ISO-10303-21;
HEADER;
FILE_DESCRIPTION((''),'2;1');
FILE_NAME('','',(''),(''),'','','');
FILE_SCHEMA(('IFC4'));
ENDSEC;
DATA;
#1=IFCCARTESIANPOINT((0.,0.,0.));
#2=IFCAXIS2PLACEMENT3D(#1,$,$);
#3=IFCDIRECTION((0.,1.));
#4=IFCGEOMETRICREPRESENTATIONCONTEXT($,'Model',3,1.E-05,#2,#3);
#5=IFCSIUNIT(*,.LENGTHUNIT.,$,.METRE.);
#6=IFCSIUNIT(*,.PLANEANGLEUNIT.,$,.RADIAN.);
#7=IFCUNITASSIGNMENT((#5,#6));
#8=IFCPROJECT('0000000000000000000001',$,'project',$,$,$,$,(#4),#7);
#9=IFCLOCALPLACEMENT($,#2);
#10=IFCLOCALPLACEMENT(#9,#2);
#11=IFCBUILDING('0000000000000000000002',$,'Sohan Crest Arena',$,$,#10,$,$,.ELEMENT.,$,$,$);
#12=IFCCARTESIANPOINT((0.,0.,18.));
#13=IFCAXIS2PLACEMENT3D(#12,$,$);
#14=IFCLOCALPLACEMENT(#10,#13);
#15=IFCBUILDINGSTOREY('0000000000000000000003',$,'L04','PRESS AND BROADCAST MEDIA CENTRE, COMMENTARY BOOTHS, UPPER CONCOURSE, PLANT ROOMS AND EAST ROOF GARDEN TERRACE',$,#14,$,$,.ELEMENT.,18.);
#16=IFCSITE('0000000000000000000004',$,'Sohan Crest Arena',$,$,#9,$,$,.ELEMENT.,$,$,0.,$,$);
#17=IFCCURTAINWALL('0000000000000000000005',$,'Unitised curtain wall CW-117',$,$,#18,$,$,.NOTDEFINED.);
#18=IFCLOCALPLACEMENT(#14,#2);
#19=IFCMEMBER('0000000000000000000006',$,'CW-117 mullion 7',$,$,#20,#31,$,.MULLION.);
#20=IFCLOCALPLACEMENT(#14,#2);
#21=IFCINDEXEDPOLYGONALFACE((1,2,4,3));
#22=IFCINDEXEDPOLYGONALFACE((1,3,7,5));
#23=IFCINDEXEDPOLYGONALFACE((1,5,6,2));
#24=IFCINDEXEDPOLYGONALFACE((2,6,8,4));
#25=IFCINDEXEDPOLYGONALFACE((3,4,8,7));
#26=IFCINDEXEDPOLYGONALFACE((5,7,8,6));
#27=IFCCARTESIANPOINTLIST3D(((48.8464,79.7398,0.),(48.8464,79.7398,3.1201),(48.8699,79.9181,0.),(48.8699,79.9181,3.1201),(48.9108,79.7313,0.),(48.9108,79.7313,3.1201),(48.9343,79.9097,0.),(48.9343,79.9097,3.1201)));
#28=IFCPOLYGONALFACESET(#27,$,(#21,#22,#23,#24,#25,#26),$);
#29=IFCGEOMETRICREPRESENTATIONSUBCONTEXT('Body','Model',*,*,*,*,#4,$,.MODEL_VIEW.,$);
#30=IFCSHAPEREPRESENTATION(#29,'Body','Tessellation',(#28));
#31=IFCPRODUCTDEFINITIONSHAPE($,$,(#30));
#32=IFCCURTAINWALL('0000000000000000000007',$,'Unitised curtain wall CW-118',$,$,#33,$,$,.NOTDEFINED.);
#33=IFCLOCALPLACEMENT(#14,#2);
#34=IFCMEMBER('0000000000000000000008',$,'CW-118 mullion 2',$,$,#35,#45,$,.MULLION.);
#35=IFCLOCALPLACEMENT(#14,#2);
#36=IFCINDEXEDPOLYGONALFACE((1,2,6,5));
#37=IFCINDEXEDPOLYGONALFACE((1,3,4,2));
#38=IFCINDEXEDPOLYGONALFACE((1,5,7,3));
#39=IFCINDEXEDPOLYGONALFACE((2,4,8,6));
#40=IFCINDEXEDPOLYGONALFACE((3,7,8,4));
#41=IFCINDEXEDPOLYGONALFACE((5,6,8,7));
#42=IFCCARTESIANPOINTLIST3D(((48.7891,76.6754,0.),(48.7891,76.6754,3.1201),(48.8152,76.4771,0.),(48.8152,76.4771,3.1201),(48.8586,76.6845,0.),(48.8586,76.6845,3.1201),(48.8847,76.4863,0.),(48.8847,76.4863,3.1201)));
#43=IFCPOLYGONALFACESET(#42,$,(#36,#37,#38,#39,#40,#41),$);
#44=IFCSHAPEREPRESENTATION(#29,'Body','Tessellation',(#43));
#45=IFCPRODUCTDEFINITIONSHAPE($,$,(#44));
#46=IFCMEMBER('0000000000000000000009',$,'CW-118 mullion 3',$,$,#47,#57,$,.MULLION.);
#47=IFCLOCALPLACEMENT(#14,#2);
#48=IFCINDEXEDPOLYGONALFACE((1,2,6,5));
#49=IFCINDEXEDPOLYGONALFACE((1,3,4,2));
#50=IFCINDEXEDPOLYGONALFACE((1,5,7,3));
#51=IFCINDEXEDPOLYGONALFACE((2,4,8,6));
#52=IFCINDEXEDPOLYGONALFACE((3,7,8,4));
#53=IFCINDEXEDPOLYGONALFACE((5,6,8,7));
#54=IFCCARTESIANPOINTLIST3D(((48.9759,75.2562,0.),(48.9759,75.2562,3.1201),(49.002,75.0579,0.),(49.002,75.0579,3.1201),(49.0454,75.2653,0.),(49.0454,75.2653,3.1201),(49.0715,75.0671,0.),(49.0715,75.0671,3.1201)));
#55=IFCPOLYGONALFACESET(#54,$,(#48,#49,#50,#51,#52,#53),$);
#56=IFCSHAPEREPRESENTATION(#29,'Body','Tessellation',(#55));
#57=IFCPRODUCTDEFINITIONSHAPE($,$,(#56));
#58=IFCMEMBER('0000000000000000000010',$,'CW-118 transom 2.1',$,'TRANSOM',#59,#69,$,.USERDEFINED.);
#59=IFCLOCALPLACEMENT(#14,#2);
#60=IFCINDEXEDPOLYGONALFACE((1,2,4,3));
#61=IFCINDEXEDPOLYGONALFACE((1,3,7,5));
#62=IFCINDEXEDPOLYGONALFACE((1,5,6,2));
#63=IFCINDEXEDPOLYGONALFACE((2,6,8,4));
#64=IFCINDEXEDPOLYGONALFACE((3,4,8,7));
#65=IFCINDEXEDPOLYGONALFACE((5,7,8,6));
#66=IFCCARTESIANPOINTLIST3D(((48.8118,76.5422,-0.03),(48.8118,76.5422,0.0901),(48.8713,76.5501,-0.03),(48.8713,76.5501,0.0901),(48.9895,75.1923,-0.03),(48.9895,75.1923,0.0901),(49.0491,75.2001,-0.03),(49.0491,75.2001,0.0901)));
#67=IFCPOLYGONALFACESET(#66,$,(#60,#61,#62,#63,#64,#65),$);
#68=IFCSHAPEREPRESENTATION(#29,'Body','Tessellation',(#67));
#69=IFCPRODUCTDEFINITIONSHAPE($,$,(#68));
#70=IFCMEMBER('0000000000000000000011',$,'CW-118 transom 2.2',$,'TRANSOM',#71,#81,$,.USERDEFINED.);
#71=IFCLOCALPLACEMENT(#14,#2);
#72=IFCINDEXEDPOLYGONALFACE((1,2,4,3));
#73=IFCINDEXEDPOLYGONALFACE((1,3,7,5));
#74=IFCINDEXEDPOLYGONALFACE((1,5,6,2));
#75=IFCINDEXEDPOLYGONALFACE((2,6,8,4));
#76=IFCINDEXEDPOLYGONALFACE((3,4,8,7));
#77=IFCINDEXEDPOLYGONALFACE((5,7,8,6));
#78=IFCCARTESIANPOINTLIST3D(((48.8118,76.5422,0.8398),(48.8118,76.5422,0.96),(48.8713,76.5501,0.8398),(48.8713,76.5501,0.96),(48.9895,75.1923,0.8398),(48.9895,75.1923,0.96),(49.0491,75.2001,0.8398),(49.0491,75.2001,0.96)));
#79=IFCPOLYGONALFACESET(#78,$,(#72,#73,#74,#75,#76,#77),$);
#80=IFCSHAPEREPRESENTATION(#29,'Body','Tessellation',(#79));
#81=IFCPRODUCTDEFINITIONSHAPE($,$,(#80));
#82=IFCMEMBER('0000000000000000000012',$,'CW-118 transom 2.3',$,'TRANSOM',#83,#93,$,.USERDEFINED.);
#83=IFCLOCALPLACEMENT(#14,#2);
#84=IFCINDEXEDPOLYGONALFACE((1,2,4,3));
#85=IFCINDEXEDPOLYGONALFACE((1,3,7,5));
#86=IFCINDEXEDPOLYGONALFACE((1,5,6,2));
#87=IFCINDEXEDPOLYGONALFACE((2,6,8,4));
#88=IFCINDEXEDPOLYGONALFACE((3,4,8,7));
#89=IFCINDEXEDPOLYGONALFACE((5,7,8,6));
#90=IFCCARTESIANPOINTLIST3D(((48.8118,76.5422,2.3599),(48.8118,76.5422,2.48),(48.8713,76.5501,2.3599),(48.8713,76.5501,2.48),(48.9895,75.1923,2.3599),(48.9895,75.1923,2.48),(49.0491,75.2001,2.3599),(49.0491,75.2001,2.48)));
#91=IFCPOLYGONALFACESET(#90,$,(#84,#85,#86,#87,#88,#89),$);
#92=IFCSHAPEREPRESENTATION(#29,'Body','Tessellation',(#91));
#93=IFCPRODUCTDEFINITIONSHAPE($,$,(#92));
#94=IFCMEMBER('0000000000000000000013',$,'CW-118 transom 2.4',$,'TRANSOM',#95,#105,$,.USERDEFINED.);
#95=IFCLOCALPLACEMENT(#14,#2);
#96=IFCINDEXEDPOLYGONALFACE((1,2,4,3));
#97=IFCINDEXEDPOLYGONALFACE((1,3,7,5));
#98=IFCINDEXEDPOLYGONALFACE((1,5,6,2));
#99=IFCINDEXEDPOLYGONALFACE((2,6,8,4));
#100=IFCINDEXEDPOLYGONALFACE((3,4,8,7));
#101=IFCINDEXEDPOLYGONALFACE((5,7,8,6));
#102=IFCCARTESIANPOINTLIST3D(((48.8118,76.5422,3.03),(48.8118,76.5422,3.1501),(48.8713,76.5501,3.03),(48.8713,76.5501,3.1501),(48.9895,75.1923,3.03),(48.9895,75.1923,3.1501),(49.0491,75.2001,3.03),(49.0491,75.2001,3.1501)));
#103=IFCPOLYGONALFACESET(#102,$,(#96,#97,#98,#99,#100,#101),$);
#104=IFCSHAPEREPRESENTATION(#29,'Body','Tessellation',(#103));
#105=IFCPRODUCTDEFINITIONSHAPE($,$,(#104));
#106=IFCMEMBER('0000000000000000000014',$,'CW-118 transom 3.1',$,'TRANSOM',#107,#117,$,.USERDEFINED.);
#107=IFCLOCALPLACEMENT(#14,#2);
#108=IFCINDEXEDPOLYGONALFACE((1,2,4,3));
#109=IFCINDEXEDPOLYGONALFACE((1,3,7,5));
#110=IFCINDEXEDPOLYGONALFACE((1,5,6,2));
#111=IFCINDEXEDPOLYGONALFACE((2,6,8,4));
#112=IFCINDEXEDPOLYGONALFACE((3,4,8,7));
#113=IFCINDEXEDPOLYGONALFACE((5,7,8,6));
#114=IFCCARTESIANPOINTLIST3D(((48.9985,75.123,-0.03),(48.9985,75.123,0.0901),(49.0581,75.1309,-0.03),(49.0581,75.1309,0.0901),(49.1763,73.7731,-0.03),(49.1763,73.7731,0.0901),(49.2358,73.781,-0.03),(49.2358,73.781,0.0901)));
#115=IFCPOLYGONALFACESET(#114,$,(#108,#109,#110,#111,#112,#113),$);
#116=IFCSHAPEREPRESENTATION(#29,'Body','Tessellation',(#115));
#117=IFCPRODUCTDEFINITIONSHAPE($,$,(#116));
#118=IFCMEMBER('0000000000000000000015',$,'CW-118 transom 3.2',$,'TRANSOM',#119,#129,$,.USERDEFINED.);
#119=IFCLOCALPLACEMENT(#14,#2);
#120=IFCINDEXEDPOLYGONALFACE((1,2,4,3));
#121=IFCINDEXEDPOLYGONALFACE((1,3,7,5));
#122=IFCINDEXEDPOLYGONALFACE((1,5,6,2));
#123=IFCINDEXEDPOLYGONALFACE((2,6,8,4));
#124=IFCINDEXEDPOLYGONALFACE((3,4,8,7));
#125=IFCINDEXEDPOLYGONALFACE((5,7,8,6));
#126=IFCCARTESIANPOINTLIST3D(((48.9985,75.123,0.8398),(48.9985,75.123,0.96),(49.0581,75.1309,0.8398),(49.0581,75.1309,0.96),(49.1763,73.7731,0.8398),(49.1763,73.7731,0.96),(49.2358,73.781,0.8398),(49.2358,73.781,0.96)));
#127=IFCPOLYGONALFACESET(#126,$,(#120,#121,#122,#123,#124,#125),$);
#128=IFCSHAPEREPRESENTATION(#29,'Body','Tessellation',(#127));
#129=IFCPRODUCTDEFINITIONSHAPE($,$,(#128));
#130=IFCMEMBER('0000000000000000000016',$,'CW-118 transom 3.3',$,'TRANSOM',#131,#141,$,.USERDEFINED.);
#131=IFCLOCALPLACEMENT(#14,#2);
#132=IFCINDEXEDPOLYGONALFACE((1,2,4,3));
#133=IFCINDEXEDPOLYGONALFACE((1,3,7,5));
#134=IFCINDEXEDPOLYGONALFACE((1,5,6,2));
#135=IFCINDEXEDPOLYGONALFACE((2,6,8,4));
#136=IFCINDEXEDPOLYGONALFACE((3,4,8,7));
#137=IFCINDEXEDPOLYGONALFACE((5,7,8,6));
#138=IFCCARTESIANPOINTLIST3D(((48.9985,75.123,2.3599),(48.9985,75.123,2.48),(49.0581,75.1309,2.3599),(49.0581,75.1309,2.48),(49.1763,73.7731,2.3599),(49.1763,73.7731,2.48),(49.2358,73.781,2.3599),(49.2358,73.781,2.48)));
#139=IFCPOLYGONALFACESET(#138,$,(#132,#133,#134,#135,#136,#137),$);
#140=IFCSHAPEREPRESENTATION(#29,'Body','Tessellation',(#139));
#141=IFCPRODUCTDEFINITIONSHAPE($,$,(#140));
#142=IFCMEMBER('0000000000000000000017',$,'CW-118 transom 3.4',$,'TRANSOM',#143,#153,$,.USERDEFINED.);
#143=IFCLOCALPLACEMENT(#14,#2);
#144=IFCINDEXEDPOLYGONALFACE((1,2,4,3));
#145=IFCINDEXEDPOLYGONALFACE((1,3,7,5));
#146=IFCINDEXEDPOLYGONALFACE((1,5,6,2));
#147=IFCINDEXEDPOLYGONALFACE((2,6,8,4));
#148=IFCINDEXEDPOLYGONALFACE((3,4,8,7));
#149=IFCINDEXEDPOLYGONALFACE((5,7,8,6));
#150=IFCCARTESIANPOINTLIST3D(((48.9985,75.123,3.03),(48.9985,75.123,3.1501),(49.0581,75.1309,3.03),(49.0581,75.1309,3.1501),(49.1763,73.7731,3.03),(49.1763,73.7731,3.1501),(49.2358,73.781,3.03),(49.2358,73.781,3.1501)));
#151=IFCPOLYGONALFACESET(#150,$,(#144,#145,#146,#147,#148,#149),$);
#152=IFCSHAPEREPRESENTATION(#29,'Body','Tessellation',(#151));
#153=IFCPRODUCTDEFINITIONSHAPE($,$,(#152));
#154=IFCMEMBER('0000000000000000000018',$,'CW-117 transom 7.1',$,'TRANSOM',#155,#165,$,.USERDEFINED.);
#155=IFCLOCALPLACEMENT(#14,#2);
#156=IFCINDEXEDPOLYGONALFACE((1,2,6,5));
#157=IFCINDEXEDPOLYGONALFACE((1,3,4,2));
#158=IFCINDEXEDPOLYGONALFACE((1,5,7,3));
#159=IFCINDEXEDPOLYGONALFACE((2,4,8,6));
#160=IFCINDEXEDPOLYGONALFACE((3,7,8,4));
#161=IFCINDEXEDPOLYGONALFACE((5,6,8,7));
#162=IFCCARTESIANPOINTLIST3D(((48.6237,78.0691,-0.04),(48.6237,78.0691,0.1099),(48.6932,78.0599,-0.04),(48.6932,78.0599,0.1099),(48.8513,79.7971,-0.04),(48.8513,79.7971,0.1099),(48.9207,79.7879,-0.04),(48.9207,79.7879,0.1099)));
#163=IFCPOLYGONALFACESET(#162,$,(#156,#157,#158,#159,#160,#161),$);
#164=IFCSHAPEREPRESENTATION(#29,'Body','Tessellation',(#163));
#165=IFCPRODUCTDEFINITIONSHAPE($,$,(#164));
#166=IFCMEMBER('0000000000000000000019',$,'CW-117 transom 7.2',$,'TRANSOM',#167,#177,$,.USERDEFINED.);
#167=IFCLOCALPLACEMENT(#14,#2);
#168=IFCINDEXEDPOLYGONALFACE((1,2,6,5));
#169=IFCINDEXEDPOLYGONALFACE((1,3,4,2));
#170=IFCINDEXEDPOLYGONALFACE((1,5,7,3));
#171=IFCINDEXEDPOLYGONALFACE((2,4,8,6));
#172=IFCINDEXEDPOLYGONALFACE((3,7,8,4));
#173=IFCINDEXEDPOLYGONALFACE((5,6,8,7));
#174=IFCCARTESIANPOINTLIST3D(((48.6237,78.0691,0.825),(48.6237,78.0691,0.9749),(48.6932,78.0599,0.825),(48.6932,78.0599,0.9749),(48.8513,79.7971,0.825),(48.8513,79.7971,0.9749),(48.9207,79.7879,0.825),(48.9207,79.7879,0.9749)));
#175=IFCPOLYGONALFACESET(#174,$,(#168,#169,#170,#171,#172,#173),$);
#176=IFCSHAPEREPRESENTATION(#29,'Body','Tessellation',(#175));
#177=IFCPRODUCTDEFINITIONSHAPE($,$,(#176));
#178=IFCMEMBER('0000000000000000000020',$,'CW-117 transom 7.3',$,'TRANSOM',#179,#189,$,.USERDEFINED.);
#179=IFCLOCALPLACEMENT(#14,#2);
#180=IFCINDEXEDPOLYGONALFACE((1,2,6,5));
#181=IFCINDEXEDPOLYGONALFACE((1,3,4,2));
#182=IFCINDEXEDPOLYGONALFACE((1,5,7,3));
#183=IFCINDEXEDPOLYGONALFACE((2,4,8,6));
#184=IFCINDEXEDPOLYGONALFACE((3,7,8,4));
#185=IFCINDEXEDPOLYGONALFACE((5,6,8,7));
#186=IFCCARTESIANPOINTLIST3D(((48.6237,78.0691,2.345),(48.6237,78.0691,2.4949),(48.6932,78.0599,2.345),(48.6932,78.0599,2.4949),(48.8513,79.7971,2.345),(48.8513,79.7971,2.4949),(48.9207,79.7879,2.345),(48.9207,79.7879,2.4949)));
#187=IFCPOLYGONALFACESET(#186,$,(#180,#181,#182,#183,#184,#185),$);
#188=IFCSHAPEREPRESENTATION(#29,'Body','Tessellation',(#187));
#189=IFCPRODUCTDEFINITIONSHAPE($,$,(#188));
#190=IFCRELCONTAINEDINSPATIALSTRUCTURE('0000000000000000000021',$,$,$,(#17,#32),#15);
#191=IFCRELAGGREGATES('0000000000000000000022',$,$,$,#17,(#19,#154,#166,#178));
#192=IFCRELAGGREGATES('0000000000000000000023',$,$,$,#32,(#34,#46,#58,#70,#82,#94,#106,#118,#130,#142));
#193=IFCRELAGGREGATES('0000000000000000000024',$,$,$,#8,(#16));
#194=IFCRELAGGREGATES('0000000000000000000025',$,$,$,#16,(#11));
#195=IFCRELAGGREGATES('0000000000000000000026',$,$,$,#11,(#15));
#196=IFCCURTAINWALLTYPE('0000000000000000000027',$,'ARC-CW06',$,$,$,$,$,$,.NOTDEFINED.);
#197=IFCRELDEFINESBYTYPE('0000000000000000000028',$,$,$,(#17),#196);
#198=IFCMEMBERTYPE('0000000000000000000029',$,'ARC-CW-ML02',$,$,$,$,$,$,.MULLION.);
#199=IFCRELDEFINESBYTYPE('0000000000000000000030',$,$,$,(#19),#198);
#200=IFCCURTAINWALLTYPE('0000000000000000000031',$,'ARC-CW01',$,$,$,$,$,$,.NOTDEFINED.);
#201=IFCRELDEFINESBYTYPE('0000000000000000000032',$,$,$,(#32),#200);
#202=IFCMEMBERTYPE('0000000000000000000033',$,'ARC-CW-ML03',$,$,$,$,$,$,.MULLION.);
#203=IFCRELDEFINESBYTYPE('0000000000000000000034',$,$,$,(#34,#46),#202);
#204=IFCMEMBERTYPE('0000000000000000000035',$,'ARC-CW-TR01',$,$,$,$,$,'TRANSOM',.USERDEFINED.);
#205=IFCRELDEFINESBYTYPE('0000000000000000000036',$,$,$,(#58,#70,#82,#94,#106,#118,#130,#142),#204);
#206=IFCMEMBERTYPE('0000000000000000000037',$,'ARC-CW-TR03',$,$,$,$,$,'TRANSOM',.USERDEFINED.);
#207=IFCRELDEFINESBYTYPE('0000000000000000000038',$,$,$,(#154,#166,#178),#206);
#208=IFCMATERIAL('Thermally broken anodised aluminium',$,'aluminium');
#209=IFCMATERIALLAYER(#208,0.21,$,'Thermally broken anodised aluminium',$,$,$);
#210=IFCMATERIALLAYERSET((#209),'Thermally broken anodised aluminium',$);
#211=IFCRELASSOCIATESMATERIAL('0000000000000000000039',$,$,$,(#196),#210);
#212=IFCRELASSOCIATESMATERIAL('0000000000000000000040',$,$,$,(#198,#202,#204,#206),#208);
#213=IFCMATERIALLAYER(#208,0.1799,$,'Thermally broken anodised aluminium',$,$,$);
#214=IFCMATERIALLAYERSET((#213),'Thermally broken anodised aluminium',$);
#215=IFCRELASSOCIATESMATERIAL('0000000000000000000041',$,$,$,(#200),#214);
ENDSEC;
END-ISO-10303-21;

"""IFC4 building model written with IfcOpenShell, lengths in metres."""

from ifc_helpers import new_model, si_unit, direction, frame, origin, origin_2d, place, context, subcontext, project, spatial, rectangle, extrude, material, layer, layer_set, material_profile, profile_set, type_object, element, aggregate, save


model = new_model("IFC4")

# Units and contexts
model_context = context("Model", 3, precision=1e-05, world=origin(), true_north=direction((0.0, 1.0)))
body_context = subcontext(model_context, "Body", "Model", "MODEL_VIEW")
ifc_project = project(units=[si_unit("LENGTHUNIT", "METRE"), si_unit("PLANEANGLEUNIT", "RADIAN")], contexts=[model_context])

# Site, building, storey
site_placement = place(None, origin())
site = spatial("IfcSite", under=ifc_project, at=site_placement, Name="Sohan Crest Arena", CompositionType="ELEMENT", RefElevation=0.0)
building_placement = place(site_placement, origin())
building = spatial("IfcBuilding", under=site, at=building_placement, Name="Sohan Crest Arena", CompositionType="ELEMENT")
storey_placement = place(building_placement, frame((0.0, 0.0, 18.0)))
storey = spatial("IfcBuildingStorey", under=building, at=storey_placement, Name="L04", Description="PRESS AND BROADCAST MEDIA CENTRE, COMMENTARY BOOTHS, UPPER CONCOURSE, PLANT ROOMS AND EAST ROOF GARDEN TERRACE", CompositionType="ELEMENT", Elevation=18.0)

# Curtain wall, member
ifc_material_1 = material(Name="Thermally broken anodised aluminium", Category="aluminium")
ifc_layer_1 = layer(ifc_material_1, 0.21, Name="Thermally broken anodised aluminium")
ifc_layer_set_1 = layer_set([ifc_layer_1], Name="Thermally broken anodised aluminium")
curtain_wall_type_1 = type_object("IfcCurtainWallType", Name="ARC-CW06", PredefinedType="NOTDEFINED", material=ifc_layer_set_1)
curtain_wall_1_placement = place(storey_placement, origin())
curtain_wall_1 = element("IfcCurtainWall", 1, at=curtain_wall_1_placement, inside=storey, type_object=curtain_wall_type_1, Name="Unitised curtain wall CW-117", PredefinedType="NOTDEFINED")
ifc_material_profile_1 = material_profile(ifc_material_1, rectangle(XDim=0.0649, YDim=0.1799, at=origin_2d()), Name="ALU-MULL 65x180")
ifc_profile_set_1 = profile_set([ifc_material_profile_1], Name="Thermally broken anodised aluminium")
member_type_1 = type_object("IfcMemberType", Name="ARC-CW-ML02", PredefinedType="MULLION", material=ifc_profile_set_1)
member_1_placement = place(storey_placement, frame((48.8904, 79.8247, 0.0), z_axis=(0.0, 0.0, 1.0), x_axis=(0.991441, -0.130557, 0.0)))
member_1 = element("IfcMember", 2, at=member_1_placement, type_object=member_type_1, Name="CW-117 mullion 7", PredefinedType="MULLION", context=body_context, shape_type="SweptSolid", body=[
    extrude(rectangle(XDim=0.0649, YDim=0.1799, at=origin_2d()), origin(), (0.0, 0.0, 1.0), 3.1201),
])

# Curtain wall, members
ifc_layer_2 = layer(ifc_material_1, 0.1799, Name="Thermally broken anodised aluminium")
ifc_layer_set_2 = layer_set([ifc_layer_2], Name="Thermally broken anodised aluminium")
curtain_wall_type_2 = type_object("IfcCurtainWallType", Name="ARC-CW01", PredefinedType="NOTDEFINED", material=ifc_layer_set_2)
curtain_wall_2_placement = place(storey_placement, origin())
curtain_wall_2 = element("IfcCurtainWall", 3, at=curtain_wall_2_placement, inside=storey, type_object=curtain_wall_type_2, Name="Unitised curtain wall CW-118", PredefinedType="NOTDEFINED")
ifc_material_profile_2 = material_profile(ifc_material_1, rectangle(XDim=0.0701, YDim=0.2, at=origin_2d()), Name="ALU-MULL 70x200")
ifc_profile_set_2 = profile_set([ifc_material_profile_2], Name="Thermally broken anodised aluminium")
member_type_2 = type_object("IfcMemberType", Name="ARC-CW-ML03", PredefinedType="MULLION", material=ifc_profile_set_2)
member_2_placement = place(storey_placement, frame((48.8369, 76.5808, 0.0), z_axis=(0.0, 0.0, 1.0), x_axis=(0.991441, 0.130557, 0.0)))
member_2 = element("IfcMember", 4, at=member_2_placement, type_object=member_type_2, Name="CW-118 mullion 2", PredefinedType="MULLION", context=body_context, shape_type="SweptSolid", body=[
    extrude(rectangle(XDim=0.0701, YDim=0.2, at=origin_2d()), origin(), (0.0, 0.0, 1.0), 3.1201),
])
member_3_placement = place(storey_placement, frame((49.0237, 75.1616, 0.0), z_axis=(0.0, 0.0, 1.0), x_axis=(0.991441, 0.130557, 0.0)))
member_3 = element("IfcMember", 5, at=member_3_placement, type_object=member_type_2, Name="CW-118 mullion 3", PredefinedType="MULLION", context=body_context, shape_type="SweptSolid", body=[
    extrude(rectangle(XDim=0.0701, YDim=0.2, at=origin_2d()), origin(), (0.0, 0.0, 1.0), 3.1201),
])
ifc_material_profile_3 = material_profile(ifc_material_1, rectangle(XDim=0.0601, YDim=0.1201, at=origin_2d()), Name="ALU-TRAN 60x120")
ifc_profile_set_3 = profile_set([ifc_material_profile_3], Name="Thermally broken anodised aluminium")
member_type_3 = type_object("IfcMemberType", Name="ARC-CW-TR01", ElementType="TRANSOM", PredefinedType="USERDEFINED", material=ifc_profile_set_3)
member_4_placement = place(storey_placement, frame((48.8416, 76.5461, 0.03), z_axis=(0.130543, -0.991443, 0.0), x_axis=(0.991443, 0.130543, 0.0)))
member_4 = element("IfcMember", 6, at=member_4_placement, type_object=member_type_3, Name="CW-118 transom 2.1", ObjectType="TRANSOM", PredefinedType="USERDEFINED", context=body_context, shape_type="SweptSolid", body=[
    extrude(rectangle(XDim=0.0601, YDim=0.1201, at=origin_2d()), origin(), (0.0, 0.0, 1.0), 1.3616),
])
member_5_placement = place(storey_placement, frame((48.8416, 76.5461, 0.8999), z_axis=(0.130543, -0.991443, 0.0), x_axis=(0.991443, 0.130543, 0.0)))
member_5 = element("IfcMember", 7, at=member_5_placement, type_object=member_type_3, Name="CW-118 transom 2.2", ObjectType="TRANSOM", PredefinedType="USERDEFINED", context=body_context, shape_type="SweptSolid", body=[
    extrude(rectangle(XDim=0.0601, YDim=0.1201, at=origin_2d()), origin(), (0.0, 0.0, 1.0), 1.3616),
])
member_6_placement = place(storey_placement, frame((48.8416, 76.5461, 2.4199), z_axis=(0.130543, -0.991443, 0.0), x_axis=(0.991443, 0.130543, 0.0)))
member_6 = element("IfcMember", 8, at=member_6_placement, type_object=member_type_3, Name="CW-118 transom 2.3", ObjectType="TRANSOM", PredefinedType="USERDEFINED", context=body_context, shape_type="SweptSolid", body=[
    extrude(rectangle(XDim=0.0601, YDim=0.1201, at=origin_2d()), origin(), (0.0, 0.0, 1.0), 1.3616),
])
member_7_placement = place(storey_placement, frame((48.8416, 76.5461, 3.0901), z_axis=(0.130543, -0.991443, 0.0), x_axis=(0.991443, 0.130543, 0.0)))
member_7 = element("IfcMember", 9, at=member_7_placement, type_object=member_type_3, Name="CW-118 transom 2.4", ObjectType="TRANSOM", PredefinedType="USERDEFINED", context=body_context, shape_type="SweptSolid", body=[
    extrude(rectangle(XDim=0.0601, YDim=0.1201, at=origin_2d()), origin(), (0.0, 0.0, 1.0), 1.3616),
])
member_8_placement = place(storey_placement, frame((49.0283, 75.127, 0.03), z_axis=(0.130543, -0.991443, 0.0), x_axis=(0.991443, 0.130543, 0.0)))
member_8 = element("IfcMember", 10, at=member_8_placement, type_object=member_type_3, Name="CW-118 transom 3.1", ObjectType="TRANSOM", PredefinedType="USERDEFINED", context=body_context, shape_type="SweptSolid", body=[
    extrude(rectangle(XDim=0.0601, YDim=0.1201, at=origin_2d()), origin(), (0.0, 0.0, 1.0), 1.3616),
])
member_9_placement = place(storey_placement, frame((49.0283, 75.127, 0.8999), z_axis=(0.130543, -0.991443, 0.0), x_axis=(0.991443, 0.130543, 0.0)))
member_9 = element("IfcMember", 11, at=member_9_placement, type_object=member_type_3, Name="CW-118 transom 3.2", ObjectType="TRANSOM", PredefinedType="USERDEFINED", context=body_context, shape_type="SweptSolid", body=[
    extrude(rectangle(XDim=0.0601, YDim=0.1201, at=origin_2d()), origin(), (0.0, 0.0, 1.0), 1.3616),
])
member_10_placement = place(storey_placement, frame((49.0283, 75.127, 2.4199), z_axis=(0.130543, -0.991443, 0.0), x_axis=(0.991443, 0.130543, 0.0)))
member_10 = element("IfcMember", 12, at=member_10_placement, type_object=member_type_3, Name="CW-118 transom 3.3", ObjectType="TRANSOM", PredefinedType="USERDEFINED", context=body_context, shape_type="SweptSolid", body=[
    extrude(rectangle(XDim=0.0601, YDim=0.1201, at=origin_2d()), origin(), (0.0, 0.0, 1.0), 1.3616),
])
member_11_placement = place(storey_placement, frame((49.0283, 75.127, 3.0901), z_axis=(0.130543, -0.991443, 0.0), x_axis=(0.991443, 0.130543, 0.0)))
member_11 = element("IfcMember", 13, at=member_11_placement, type_object=member_type_3, Name="CW-118 transom 3.4", ObjectType="TRANSOM", PredefinedType="USERDEFINED", context=body_context, shape_type="SweptSolid", body=[
    extrude(rectangle(XDim=0.0601, YDim=0.1201, at=origin_2d()), origin(), (0.0, 0.0, 1.0), 1.3616),
])

# Members
ifc_material_profile_4 = material_profile(ifc_material_1, rectangle(XDim=0.0701, YDim=0.1499, at=origin_2d()), Name="ALU-TRAN 70x150")
ifc_profile_set_4 = profile_set([ifc_material_profile_4], Name="Thermally broken anodised aluminium")
member_type_4 = type_object("IfcMemberType", Name="ARC-CW-TR03", ElementType="TRANSOM", PredefinedType="USERDEFINED", material=ifc_profile_set_4)
member_12_placement = place(storey_placement, frame((48.886, 79.7925, 0.0349), z_axis=(-0.130549, -0.991442, 0.0), x_axis=(0.991442, -0.130549, 0.0)))
member_12 = element("IfcMember", 14, at=member_12_placement, type_object=member_type_4, Name="CW-117 transom 7.1", ObjectType="TRANSOM", PredefinedType="USERDEFINED", context=body_context, shape_type="SweptSolid", body=[
    extrude(rectangle(XDim=0.0701, YDim=0.1499, at=origin_2d()), origin(), (0.0, 0.0, 1.0), 1.7429),
])
member_13_placement = place(storey_placement, frame((48.886, 79.7925, 0.8999), z_axis=(-0.130549, -0.991442, 0.0), x_axis=(0.991442, -0.130549, 0.0)))
member_13 = element("IfcMember", 15, at=member_13_placement, type_object=member_type_4, Name="CW-117 transom 7.2", ObjectType="TRANSOM", PredefinedType="USERDEFINED", context=body_context, shape_type="SweptSolid", body=[
    extrude(rectangle(XDim=0.0701, YDim=0.1499, at=origin_2d()), origin(), (0.0, 0.0, 1.0), 1.7429),
])
member_14_placement = place(storey_placement, frame((48.886, 79.7925, 2.4199), z_axis=(-0.130549, -0.991442, 0.0), x_axis=(0.991442, -0.130549, 0.0)))
member_14 = element("IfcMember", 16, at=member_14_placement, type_object=member_type_4, Name="CW-117 transom 7.3", ObjectType="TRANSOM", PredefinedType="USERDEFINED", context=body_context, shape_type="SweptSolid", body=[
    extrude(rectangle(XDim=0.0701, YDim=0.1499, at=origin_2d()), origin(), (0.0, 0.0, 1.0), 1.7429),
])

aggregate(curtain_wall_1, [member_1, member_12, member_13, member_14])
aggregate(curtain_wall_2, [member_2, member_3, member_4, member_5, member_6, member_7, member_8, member_9, member_10, member_11])

save(model, "model.ifc")
